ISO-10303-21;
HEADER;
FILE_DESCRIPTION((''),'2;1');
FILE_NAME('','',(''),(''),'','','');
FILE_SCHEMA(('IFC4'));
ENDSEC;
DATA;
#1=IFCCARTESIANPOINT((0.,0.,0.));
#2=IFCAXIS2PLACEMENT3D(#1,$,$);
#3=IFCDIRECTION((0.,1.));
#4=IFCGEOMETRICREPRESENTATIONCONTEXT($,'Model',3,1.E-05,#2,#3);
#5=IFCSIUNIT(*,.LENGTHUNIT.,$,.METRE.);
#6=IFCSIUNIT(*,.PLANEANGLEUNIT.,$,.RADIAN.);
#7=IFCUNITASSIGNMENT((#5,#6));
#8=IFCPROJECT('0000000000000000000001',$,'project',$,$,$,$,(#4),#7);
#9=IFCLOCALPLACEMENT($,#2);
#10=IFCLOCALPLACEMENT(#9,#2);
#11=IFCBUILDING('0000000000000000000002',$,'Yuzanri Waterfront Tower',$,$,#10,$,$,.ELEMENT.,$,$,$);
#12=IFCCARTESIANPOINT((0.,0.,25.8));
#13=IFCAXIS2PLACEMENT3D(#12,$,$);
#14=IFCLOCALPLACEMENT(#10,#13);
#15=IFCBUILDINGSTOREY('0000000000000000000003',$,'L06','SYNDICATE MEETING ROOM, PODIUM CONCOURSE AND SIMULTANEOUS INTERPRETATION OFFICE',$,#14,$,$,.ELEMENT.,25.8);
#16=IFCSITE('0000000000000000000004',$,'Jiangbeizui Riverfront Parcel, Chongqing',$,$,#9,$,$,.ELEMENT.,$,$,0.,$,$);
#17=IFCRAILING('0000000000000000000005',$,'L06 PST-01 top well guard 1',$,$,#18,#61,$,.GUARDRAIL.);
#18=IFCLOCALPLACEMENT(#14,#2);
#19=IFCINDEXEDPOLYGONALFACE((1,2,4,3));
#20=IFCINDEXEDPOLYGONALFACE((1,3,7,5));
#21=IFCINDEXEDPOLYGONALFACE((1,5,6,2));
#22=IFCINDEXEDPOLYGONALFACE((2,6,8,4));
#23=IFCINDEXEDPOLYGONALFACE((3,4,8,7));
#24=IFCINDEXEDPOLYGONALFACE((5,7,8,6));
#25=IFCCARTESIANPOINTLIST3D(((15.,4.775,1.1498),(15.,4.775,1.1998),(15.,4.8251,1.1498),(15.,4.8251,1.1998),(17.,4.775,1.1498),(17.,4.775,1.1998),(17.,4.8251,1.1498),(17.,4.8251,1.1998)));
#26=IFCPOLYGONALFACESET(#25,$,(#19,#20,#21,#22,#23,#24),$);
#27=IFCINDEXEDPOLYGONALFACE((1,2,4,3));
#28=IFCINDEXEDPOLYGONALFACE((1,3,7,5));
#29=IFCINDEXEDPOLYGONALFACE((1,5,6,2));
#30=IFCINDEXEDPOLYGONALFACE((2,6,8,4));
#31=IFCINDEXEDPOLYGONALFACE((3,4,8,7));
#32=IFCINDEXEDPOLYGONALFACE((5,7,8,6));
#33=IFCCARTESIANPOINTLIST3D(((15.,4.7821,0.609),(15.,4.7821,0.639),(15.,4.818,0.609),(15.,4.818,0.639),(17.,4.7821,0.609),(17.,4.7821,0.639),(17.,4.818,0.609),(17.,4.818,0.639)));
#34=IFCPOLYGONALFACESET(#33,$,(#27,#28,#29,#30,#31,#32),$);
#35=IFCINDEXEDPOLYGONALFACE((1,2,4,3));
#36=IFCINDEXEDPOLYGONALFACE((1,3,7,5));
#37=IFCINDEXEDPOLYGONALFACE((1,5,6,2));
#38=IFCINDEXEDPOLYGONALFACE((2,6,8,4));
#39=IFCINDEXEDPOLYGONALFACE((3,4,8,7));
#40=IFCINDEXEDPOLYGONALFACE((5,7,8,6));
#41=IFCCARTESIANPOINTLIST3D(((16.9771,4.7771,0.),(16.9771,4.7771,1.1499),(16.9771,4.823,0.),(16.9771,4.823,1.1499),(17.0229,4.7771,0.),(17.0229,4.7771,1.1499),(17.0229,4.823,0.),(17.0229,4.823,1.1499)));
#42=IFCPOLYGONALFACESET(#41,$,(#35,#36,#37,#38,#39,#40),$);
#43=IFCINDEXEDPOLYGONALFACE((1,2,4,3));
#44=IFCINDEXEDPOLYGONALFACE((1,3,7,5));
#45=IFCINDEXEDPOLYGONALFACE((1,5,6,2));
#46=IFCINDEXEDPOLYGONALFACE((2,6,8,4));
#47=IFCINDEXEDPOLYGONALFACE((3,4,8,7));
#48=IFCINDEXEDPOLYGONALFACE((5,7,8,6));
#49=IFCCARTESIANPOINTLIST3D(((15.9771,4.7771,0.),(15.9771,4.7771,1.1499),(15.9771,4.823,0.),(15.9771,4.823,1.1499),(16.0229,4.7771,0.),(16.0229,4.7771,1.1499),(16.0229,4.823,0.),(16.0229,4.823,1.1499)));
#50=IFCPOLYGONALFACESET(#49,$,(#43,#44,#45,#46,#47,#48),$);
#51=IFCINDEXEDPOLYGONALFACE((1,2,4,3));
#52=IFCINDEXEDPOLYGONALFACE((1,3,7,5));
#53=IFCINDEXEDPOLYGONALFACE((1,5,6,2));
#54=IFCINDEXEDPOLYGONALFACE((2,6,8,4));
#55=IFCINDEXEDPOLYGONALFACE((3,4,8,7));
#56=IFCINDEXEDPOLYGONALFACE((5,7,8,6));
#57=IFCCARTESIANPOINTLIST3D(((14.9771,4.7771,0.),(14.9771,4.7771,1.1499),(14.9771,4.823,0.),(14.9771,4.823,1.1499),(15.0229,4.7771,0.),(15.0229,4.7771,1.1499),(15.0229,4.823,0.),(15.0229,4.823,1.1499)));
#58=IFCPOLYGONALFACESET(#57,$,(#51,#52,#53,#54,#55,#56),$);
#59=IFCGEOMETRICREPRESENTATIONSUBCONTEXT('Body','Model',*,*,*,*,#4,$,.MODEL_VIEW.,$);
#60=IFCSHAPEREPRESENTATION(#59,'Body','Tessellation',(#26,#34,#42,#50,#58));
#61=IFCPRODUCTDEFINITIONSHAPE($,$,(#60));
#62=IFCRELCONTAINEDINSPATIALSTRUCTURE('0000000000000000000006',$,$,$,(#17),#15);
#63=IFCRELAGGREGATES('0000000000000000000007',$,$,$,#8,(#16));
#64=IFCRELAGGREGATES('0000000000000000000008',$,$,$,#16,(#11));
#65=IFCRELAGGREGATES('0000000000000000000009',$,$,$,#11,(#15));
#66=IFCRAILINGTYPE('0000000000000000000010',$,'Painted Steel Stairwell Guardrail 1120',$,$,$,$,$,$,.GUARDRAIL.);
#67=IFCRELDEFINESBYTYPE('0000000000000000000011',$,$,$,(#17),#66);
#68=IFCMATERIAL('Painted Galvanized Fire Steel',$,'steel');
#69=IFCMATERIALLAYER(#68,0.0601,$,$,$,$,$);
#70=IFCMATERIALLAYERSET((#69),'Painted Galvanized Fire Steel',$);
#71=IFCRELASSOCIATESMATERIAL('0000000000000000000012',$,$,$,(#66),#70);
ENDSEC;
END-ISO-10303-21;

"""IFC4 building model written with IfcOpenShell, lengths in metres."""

from ifc_helpers import new_model, si_unit, direction, frame, origin, origin_2d, place, context, subcontext, project, spatial, rectangle, extrude, source, transform, mapped, material, layer, layer_set, type_object, element, save


model = new_model("IFC4")

# Units and contexts
model_context = context("Model", 3, precision=1e-05, world=origin(), true_north=direction((0.0, 1.0)))
body_context = subcontext(model_context, "Body", "Model", "MODEL_VIEW")
ifc_project = project(units=[si_unit("LENGTHUNIT", "METRE"), si_unit("PLANEANGLEUNIT", "RADIAN")], contexts=[model_context])

# Site, building, storey
site_placement = place(None, origin())
site = spatial("IfcSite", under=ifc_project, at=site_placement, Name="Jiangbeizui Riverfront Parcel, Chongqing", CompositionType="ELEMENT", RefElevation=0.0)
building_placement = place(site_placement, origin())
building = spatial("IfcBuilding", under=site, at=building_placement, Name="Yuzanri Waterfront Tower", CompositionType="ELEMENT")
storey_placement = place(building_placement, frame((0.0, 0.0, 25.8)))
storey = spatial("IfcBuildingStorey", under=building, at=storey_placement, Name="L06", Description="SYNDICATE MEETING ROOM, PODIUM CONCOURSE AND SIMULTANEOUS INTERPRETATION OFFICE", CompositionType="ELEMENT", Elevation=25.8)

# Railing
ifc_material_1 = material(Name="Painted Galvanized Fire Steel", Category="steel")
ifc_layer_1 = layer(ifc_material_1, 0.0601)
ifc_layer_set_1 = layer_set([ifc_layer_1], Name="Painted Galvanized Fire Steel")
railing_type = type_object("IfcRailingType", Name="Painted Steel Stairwell Guardrail 1120", PredefinedType="GUARDRAIL", material=ifc_layer_set_1)
shared_shape_1 = source(origin(), body_context, "Body", "SweptSolid", [
    extrude(rectangle(XDim=0.05, YDim=0.05, at=origin_2d()), frame((0.0, 0.0, 1.1748), z_axis=(-1.0, 0.0, 0.0), x_axis=(0.0, -1.0, 0.0)), (0.0, 0.0, 1.0), 2.0),
    extrude(rectangle(XDim=0.0359, YDim=0.03, at=origin_2d()), frame((0.0, 0.0, 0.624), z_axis=(-1.0, 0.0, 0.0), x_axis=(0.0, -1.0, 0.0)), (0.0, 0.0, 1.0), 2.0),
    extrude(rectangle(XDim=0.0459, YDim=0.0459, at=origin_2d()), origin(), (0.0, 0.0, 1.0), 1.1499),
    extrude(rectangle(XDim=0.0459, YDim=0.0459, at=origin_2d()), frame((-1.0, 0.0, 0.0)), (0.0, 0.0, 1.0), 1.1499),
    extrude(rectangle(XDim=0.0459, YDim=0.0459, at=origin_2d()), frame((-2.0, 0.0, 0.0)), (0.0, 0.0, 1.0), 1.1499),
])
railing_placement = place(storey_placement, frame((17.0, 4.8, 0.0)))
element("IfcRailing", 1, at=railing_placement, inside=storey, type_object=railing_type, Name="L06 PST-01 top well guard 1", PredefinedType="GUARDRAIL", context=body_context, shape_type="MappedRepresentation", body=[
    mapped(shared_shape_1, transform((0.0, 0.0, 0.0), scale=1.0)),
])

save(model, "model.ifc")
